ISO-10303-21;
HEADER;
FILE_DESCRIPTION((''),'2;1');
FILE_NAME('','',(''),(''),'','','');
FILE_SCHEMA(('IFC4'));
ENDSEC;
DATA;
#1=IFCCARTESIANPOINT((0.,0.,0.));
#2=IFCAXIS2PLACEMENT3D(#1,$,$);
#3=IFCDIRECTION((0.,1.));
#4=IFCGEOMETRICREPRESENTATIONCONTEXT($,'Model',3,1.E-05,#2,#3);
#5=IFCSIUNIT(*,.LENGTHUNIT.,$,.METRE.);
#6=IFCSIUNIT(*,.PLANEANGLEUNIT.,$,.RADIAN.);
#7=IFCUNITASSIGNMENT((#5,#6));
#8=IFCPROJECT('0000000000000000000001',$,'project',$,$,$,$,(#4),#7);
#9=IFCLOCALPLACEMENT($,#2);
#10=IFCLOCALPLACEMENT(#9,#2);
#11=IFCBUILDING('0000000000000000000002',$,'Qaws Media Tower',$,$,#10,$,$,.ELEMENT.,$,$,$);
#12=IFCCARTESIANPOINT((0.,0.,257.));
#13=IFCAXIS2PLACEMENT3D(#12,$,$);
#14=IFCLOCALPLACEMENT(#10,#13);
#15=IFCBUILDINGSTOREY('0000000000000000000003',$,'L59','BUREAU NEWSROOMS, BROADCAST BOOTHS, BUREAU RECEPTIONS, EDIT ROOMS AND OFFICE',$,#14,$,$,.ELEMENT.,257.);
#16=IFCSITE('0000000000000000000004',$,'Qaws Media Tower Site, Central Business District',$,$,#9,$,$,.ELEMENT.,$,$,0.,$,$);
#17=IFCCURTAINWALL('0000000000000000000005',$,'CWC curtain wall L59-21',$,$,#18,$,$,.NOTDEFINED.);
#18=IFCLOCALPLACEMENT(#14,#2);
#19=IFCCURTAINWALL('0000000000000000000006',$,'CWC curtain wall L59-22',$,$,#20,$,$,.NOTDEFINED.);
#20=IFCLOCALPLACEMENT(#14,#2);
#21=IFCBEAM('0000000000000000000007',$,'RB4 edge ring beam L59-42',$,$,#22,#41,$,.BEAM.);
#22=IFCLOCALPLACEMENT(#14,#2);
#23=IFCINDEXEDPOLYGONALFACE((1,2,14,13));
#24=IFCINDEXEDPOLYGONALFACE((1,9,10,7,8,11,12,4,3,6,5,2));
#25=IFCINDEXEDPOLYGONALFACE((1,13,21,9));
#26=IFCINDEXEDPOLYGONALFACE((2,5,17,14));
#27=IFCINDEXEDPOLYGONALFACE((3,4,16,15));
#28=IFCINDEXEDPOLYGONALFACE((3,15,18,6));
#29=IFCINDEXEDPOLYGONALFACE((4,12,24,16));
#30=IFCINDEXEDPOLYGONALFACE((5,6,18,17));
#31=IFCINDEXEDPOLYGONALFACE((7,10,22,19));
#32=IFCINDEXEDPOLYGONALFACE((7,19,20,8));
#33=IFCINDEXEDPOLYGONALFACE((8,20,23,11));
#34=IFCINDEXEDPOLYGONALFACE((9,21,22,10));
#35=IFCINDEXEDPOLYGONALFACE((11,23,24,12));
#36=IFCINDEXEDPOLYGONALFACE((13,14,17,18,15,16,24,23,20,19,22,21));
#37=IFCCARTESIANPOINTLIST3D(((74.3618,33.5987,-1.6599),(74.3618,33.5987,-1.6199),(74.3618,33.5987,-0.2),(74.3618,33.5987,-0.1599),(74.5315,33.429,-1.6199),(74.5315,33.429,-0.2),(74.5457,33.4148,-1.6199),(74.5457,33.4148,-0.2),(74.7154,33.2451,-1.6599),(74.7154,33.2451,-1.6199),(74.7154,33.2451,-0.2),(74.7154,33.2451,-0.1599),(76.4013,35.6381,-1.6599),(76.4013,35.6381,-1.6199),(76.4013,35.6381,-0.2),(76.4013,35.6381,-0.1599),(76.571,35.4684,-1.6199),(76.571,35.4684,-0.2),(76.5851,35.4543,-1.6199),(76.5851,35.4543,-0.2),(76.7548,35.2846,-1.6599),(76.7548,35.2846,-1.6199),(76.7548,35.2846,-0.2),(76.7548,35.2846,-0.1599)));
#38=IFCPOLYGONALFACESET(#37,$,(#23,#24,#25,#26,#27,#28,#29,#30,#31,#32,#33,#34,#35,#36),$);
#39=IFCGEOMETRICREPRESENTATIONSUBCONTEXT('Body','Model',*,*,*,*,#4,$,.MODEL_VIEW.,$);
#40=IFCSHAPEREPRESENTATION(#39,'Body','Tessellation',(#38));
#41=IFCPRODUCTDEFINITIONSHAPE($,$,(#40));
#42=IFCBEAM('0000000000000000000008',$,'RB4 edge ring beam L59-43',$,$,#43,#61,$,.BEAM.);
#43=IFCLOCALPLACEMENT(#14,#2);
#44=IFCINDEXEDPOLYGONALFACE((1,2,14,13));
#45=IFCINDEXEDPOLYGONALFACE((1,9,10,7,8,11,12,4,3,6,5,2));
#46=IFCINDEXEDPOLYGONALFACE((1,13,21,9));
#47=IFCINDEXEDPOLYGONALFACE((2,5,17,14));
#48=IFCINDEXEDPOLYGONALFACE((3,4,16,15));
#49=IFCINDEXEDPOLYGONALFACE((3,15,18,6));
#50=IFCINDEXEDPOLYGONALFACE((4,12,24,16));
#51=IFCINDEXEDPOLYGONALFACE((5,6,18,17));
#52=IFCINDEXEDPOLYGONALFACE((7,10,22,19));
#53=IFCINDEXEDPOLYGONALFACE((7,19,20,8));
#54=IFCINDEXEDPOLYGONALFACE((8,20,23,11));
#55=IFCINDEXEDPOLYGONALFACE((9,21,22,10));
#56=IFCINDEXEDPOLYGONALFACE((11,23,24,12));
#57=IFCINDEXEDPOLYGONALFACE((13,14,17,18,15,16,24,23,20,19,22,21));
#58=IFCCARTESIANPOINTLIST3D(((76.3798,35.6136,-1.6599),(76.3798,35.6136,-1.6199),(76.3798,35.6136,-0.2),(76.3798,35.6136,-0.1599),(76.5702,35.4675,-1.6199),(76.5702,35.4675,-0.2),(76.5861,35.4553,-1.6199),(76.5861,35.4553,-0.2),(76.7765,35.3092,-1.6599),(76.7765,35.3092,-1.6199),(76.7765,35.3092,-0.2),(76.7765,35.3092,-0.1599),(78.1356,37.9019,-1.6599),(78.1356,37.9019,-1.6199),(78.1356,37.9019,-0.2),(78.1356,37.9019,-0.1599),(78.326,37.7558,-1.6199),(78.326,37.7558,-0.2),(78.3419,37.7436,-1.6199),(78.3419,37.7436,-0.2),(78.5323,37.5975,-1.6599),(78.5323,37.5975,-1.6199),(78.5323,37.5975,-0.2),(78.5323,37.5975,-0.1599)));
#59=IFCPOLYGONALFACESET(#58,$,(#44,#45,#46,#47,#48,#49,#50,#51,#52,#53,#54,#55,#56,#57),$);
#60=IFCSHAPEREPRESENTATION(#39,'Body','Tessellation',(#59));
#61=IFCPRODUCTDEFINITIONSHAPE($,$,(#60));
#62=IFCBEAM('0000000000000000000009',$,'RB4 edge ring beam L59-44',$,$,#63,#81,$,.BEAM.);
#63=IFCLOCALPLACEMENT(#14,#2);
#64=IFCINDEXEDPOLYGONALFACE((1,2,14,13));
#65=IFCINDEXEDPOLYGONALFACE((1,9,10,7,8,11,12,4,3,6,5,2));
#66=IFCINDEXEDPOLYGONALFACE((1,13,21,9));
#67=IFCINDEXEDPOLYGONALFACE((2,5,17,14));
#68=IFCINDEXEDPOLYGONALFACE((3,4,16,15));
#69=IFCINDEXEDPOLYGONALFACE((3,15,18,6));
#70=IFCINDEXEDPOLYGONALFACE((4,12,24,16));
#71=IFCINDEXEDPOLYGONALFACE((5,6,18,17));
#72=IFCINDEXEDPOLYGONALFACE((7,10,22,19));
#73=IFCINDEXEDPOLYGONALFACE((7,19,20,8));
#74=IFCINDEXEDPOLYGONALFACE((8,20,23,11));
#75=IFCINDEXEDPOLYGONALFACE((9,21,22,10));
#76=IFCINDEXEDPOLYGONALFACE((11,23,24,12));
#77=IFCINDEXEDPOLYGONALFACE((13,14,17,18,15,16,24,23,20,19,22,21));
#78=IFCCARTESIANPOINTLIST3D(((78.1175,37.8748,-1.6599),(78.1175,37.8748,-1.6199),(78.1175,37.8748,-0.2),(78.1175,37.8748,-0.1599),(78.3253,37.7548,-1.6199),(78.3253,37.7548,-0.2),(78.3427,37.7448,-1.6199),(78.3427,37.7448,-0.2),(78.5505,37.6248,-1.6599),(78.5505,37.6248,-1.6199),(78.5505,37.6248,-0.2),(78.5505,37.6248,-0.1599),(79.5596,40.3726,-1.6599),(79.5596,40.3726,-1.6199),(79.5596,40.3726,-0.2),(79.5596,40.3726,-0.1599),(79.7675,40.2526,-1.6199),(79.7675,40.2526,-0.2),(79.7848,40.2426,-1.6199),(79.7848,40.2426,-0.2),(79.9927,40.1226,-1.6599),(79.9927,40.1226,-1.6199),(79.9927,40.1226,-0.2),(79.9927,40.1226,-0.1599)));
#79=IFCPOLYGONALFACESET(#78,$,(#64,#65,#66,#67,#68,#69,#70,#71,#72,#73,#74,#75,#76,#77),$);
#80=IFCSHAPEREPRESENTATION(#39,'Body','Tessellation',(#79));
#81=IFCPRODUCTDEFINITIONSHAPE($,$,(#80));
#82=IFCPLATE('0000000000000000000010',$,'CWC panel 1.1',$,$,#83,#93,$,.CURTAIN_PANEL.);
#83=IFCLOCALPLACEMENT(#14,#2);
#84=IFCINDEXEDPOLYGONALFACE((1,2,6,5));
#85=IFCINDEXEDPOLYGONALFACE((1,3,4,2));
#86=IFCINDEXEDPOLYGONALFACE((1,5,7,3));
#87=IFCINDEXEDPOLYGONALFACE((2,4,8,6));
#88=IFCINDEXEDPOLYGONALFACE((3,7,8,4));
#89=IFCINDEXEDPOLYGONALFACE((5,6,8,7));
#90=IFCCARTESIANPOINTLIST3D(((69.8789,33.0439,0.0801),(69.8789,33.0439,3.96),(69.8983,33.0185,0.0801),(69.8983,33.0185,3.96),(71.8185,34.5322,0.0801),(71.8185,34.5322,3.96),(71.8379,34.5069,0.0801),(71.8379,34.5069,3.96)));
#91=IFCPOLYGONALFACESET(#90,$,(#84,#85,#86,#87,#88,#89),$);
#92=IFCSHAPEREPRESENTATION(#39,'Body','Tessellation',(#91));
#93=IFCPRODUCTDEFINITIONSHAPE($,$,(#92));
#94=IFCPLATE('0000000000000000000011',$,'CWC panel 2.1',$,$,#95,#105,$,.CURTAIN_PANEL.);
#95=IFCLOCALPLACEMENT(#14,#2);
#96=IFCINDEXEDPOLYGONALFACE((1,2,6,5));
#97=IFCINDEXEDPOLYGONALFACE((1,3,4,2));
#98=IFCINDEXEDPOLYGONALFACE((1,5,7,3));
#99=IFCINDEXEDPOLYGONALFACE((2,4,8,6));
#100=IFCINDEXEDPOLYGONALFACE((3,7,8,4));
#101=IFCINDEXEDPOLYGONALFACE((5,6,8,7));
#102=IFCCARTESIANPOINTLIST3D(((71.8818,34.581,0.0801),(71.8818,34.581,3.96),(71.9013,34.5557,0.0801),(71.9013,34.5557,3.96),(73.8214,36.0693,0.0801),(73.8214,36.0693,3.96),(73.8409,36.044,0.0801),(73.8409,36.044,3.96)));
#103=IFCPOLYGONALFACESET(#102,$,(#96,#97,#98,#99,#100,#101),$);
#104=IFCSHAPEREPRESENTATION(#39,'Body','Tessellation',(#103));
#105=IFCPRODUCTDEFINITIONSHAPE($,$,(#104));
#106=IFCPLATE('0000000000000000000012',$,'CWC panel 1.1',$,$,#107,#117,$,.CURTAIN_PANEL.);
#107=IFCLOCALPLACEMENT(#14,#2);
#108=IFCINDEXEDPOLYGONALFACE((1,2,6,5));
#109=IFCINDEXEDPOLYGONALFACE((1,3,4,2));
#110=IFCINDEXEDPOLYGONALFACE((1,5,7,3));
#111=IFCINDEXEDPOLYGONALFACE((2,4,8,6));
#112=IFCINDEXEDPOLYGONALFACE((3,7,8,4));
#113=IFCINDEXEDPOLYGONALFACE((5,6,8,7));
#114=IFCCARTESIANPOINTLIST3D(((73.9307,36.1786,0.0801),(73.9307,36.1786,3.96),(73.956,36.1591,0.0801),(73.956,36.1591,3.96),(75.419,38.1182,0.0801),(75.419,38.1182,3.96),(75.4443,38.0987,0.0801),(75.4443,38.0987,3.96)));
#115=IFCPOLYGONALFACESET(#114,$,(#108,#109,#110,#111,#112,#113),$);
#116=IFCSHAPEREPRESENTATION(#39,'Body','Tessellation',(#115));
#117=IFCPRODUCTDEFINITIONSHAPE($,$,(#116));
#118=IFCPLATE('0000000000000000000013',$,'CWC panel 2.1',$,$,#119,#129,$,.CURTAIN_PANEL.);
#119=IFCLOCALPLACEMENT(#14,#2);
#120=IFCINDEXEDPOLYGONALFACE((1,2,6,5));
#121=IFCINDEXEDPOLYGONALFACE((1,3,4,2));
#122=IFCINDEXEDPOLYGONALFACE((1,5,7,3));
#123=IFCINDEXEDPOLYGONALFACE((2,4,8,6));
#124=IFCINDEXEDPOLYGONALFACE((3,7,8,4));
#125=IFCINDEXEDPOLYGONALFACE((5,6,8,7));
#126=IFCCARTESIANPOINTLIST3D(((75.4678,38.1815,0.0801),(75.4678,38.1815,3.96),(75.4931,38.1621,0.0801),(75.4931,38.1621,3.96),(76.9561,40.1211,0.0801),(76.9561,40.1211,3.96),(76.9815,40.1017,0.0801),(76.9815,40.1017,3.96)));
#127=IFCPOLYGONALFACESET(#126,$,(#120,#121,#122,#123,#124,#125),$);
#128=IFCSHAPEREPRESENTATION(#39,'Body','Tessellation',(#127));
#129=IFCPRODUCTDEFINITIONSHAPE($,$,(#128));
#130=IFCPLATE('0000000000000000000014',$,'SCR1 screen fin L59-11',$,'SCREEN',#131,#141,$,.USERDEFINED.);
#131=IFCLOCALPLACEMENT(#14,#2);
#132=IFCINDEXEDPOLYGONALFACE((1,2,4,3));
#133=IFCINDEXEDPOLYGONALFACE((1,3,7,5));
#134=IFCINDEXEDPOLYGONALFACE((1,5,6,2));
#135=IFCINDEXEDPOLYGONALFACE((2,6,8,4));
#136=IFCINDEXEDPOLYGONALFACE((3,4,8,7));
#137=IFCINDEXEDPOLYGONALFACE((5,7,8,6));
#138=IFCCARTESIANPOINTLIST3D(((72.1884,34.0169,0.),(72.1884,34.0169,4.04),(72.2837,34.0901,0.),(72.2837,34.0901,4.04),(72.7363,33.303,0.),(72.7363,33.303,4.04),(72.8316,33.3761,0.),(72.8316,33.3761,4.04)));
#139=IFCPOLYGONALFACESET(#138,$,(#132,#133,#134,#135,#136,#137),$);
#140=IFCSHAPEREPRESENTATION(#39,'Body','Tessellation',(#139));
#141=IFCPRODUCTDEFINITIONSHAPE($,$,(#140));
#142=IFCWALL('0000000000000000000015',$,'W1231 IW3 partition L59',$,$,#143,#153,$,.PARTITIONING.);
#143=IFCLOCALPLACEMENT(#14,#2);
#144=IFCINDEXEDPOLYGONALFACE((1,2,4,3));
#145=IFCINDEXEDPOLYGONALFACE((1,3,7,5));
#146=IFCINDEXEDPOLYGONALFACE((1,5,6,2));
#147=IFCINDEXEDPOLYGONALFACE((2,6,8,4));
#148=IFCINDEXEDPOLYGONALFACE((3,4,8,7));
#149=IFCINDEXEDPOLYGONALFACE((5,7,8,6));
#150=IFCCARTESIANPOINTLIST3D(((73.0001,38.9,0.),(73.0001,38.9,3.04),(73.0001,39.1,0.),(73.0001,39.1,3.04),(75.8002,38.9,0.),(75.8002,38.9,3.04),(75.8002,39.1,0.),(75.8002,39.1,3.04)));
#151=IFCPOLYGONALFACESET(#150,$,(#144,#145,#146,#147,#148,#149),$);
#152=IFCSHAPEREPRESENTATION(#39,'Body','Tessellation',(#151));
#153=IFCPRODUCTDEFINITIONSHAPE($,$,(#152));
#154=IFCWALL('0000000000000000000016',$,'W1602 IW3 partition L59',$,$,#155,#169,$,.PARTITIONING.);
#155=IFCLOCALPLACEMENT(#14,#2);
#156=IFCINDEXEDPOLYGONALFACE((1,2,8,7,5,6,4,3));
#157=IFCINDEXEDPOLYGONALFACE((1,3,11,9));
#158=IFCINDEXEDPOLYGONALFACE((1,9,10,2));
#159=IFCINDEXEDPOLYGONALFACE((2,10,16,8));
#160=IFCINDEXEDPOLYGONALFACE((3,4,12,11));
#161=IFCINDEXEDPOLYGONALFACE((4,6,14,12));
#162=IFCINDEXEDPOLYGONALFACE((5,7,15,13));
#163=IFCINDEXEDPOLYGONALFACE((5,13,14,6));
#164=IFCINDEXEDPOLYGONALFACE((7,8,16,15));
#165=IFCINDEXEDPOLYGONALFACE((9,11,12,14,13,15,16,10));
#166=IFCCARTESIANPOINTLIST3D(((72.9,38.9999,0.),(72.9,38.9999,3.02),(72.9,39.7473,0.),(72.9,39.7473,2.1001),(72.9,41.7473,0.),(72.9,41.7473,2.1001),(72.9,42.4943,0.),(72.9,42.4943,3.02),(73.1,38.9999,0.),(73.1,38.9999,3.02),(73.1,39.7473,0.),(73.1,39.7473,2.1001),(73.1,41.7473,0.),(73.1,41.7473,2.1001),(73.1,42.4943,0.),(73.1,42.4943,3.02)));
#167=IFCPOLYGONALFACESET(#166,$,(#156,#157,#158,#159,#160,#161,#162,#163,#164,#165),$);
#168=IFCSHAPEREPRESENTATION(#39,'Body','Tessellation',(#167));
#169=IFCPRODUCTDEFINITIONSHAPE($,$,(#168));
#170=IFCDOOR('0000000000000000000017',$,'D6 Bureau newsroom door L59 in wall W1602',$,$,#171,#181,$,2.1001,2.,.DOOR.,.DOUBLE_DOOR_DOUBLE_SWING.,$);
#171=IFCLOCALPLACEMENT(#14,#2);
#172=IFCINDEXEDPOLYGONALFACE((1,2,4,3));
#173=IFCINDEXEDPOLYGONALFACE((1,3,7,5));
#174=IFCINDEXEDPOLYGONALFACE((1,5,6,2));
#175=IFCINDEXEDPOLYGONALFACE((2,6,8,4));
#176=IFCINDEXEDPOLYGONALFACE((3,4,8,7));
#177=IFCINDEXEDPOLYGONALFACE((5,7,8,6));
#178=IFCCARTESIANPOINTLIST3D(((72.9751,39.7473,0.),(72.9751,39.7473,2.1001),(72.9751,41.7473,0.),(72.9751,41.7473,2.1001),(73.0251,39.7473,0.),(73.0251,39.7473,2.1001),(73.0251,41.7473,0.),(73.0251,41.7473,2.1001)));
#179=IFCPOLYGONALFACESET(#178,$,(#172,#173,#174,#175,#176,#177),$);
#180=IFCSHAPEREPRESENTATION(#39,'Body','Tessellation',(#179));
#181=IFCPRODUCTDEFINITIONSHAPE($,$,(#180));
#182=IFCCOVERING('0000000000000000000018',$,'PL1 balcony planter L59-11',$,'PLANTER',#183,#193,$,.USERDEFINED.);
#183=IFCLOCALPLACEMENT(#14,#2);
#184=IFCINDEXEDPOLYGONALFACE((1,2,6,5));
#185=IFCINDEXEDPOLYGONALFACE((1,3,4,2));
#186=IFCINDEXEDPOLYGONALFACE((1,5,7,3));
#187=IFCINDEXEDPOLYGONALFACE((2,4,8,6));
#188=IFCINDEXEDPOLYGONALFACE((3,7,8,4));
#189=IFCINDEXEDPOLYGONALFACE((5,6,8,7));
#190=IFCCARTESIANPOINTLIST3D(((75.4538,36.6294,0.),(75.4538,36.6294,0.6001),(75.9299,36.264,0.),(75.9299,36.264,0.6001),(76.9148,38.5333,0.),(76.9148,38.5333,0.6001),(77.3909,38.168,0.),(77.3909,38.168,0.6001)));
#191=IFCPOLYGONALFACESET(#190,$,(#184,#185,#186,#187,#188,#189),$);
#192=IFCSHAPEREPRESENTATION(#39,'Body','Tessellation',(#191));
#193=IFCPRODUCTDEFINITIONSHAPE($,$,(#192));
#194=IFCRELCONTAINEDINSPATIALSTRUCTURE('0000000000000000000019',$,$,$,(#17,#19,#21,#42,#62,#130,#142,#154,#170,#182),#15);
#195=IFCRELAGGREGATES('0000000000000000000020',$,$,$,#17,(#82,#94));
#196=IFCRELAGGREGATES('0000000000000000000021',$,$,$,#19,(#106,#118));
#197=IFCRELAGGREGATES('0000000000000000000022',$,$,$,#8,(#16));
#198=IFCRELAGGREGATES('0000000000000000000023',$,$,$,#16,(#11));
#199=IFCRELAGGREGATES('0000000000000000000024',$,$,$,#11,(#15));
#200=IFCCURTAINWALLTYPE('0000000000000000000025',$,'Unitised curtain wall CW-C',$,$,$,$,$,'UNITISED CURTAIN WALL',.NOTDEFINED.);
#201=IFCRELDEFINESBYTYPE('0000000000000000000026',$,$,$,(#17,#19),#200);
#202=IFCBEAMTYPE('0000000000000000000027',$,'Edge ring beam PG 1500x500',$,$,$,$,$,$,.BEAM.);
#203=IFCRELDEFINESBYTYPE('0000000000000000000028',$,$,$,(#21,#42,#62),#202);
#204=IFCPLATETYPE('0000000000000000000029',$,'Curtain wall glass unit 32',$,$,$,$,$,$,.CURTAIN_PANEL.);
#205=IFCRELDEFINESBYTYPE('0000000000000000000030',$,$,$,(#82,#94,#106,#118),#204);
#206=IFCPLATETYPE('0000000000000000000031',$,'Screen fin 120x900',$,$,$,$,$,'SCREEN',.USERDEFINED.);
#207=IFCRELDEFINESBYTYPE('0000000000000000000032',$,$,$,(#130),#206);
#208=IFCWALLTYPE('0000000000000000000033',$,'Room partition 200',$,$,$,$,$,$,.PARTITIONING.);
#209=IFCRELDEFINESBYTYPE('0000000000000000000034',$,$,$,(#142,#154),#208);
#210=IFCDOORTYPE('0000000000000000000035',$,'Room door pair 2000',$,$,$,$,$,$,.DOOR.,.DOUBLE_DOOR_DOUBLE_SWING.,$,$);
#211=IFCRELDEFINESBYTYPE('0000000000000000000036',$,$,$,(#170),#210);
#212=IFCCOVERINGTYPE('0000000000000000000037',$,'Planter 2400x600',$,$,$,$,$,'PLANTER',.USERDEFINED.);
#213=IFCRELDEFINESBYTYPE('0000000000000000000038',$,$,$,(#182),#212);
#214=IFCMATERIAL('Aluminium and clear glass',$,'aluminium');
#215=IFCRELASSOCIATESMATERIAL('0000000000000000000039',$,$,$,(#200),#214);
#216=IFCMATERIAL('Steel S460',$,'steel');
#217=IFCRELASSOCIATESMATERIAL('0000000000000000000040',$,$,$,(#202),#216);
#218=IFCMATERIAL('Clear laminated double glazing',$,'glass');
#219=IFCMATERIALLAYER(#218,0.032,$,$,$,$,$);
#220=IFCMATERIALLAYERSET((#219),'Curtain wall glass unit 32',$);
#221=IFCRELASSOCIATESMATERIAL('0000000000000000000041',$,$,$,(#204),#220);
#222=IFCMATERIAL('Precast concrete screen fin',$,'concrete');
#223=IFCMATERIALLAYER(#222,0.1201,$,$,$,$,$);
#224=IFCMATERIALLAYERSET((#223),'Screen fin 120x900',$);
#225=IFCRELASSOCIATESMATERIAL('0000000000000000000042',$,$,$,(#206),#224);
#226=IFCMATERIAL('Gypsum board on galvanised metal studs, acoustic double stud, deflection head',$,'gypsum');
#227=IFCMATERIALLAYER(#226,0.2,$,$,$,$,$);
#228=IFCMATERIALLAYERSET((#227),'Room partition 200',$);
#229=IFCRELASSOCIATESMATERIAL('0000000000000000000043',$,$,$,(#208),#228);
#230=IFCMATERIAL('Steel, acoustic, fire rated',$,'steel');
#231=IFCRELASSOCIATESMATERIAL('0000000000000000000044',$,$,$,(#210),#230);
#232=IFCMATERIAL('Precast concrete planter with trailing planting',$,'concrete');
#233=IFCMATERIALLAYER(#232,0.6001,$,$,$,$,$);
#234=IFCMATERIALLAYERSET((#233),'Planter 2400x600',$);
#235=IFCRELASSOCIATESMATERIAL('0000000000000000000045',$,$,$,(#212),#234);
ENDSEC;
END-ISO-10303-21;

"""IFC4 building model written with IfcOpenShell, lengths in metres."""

from ifc_helpers import new_model, si_unit, direction, frame, frame_2d, origin, origin_2d, place, context, subcontext, project, spatial, rectangle, i_section, extrude, material, layer, layer_set, material_profile, profile_set, type_object, element, fill, aggregate, save


model = new_model("IFC4")

# Units and contexts
model_context = context("Model", 3, precision=1e-05, world=origin(), true_north=direction((0.0, 1.0)))
body_context = subcontext(model_context, "Body", "Model", "MODEL_VIEW")
ifc_project = project(units=[si_unit("LENGTHUNIT", "METRE"), si_unit("PLANEANGLEUNIT", "RADIAN")], contexts=[model_context])

# Site, building, storey
site_placement = place(None, origin())
site = spatial("IfcSite", under=ifc_project, at=site_placement, Name="Qaws Media Tower Site, Central Business District", CompositionType="ELEMENT", RefElevation=0.0)
building_placement = place(site_placement, origin())
building = spatial("IfcBuilding", under=site, at=building_placement, Name="Qaws Media Tower", CompositionType="ELEMENT")
storey_placement = place(building_placement, frame((0.0, 0.0, 257.0)))
storey = spatial("IfcBuildingStorey", under=building, at=storey_placement, Name="L59", Description="BUREAU NEWSROOMS, BROADCAST BOOTHS, BUREAU RECEPTIONS, EDIT ROOMS AND OFFICE", CompositionType="ELEMENT", Elevation=257.0)

# Curtain walls
ifc_material_1 = material(Name="Aluminium and clear glass", Category="aluminium")
curtain_wall_type = type_object("IfcCurtainWallType", Name="Unitised curtain wall CW-C", ElementType="UNITISED CURTAIN WALL", PredefinedType="NOTDEFINED", material=ifc_material_1)
curtain_wall_1_placement = place(storey_placement, origin())
curtain_wall_1 = element("IfcCurtainWall", 1, at=curtain_wall_1_placement, inside=storey, type_object=curtain_wall_type, Name="CWC curtain wall L59-21", PredefinedType="NOTDEFINED")
curtain_wall_2_placement = place(storey_placement, origin())
curtain_wall_2 = element("IfcCurtainWall", 2, at=curtain_wall_2_placement, inside=storey, type_object=curtain_wall_type, Name="CWC curtain wall L59-22", PredefinedType="NOTDEFINED")

# Beams
ifc_material_2 = material(Name="Steel S460", Category="steel")
ifc_material_profile_1 = material_profile(ifc_material_2, i_section(OverallWidth=0.5, OverallDepth=1.5, WebThickness=0.02, FlangeThickness=0.04, at=origin_2d()), Name="PG 1500x500")
ifc_profile_set_1 = profile_set([ifc_material_profile_1], Name="Steel S460")
beam_type = type_object("IfcBeamType", Name="Edge ring beam PG 1500x500", PredefinedType="BEAM", material=ifc_profile_set_1)
for number, where, z_axis, x_axis, name in (
    (3, (74.5386, 33.4219, -0.9099), (0.707107, 0.707107, 0.0), (-0.707107, 0.707107, 0.0), "RB4 edge ring beam L59-42"),
    (4, (76.5781, 35.4614, -0.9099), (0.608753, 0.79336, 0.0), (-0.79336, 0.608753, 0.0), "RB4 edge ring beam L59-43"),
    (5, (78.334, 37.7498, -0.9099), (0.500008, 0.866021, 0.0), (-0.866021, 0.500008, 0.0), "RB4 edge ring beam L59-44"),
):
    element("IfcBeam", number, at=place(storey_placement, frame(where, z_axis=z_axis, x_axis=x_axis)), inside=storey, type_object=beam_type, Name=name, PredefinedType="BEAM", context=body_context, shape_type="SweptSolid", body=[
        extrude(i_section(OverallWidth=0.5, OverallDepth=1.5, WebThickness=0.02, FlangeThickness=0.04, at=origin_2d()), origin(), (0.0, 0.0, 1.0), 2.8843),
    ])

# Plates
ifc_material_3 = material(Name="Clear laminated double glazing", Category="glass")
ifc_layer_1 = layer(ifc_material_3, 0.032)
ifc_layer_set_1 = layer_set([ifc_layer_1], Name="Curtain wall glass unit 32")
plate_type_1 = type_object("IfcPlateType", Name="Curtain wall glass unit 32", PredefinedType="CURTAIN_PANEL", material=ifc_layer_set_1)
plate_1_placement = place(storey_placement, frame((70.8584, 33.7754, 0.0801), z_axis=(0.0, 0.0, 1.0), x_axis=(0.793353, 0.608761, 0.0)))
plate_1 = element("IfcPlate", 6, at=plate_1_placement, type_object=plate_type_1, Name="CWC panel 1.1", PredefinedType="CURTAIN_PANEL", context=body_context, shape_type="SweptSolid", body=[
    extrude(rectangle(XDim=2.4448, YDim=0.032, at=origin_2d()), origin(), (0.0, 0.0, 1.0), 3.8799),
])
plate_2_placement = place(storey_placement, frame((72.8613, 35.3125, 0.0801), z_axis=(0.0, 0.0, 1.0), x_axis=(0.793353, 0.608761, 0.0)))
plate_2 = element("IfcPlate", 7, at=plate_2_placement, type_object=plate_type_1, Name="CWC panel 2.1", PredefinedType="CURTAIN_PANEL", context=body_context, shape_type="SweptSolid", body=[
    extrude(rectangle(XDim=2.4448, YDim=0.032, at=origin_2d()), origin(), (0.0, 0.0, 1.0), 3.8799),
])
aggregate(curtain_wall_1, [plate_1, plate_2])
plate_3_placement = place(storey_placement, frame((74.6875, 37.1387, 0.0801), z_axis=(0.0, 0.0, 1.0), x_axis=(0.608761, 0.793353, 0.0)))
plate_3 = element("IfcPlate", 8, at=plate_3_placement, type_object=plate_type_1, Name="CWC panel 1.1", PredefinedType="CURTAIN_PANEL", context=body_context, shape_type="SweptSolid", body=[
    extrude(rectangle(XDim=2.4448, YDim=0.032, at=origin_2d()), origin(), (0.0, 0.0, 1.0), 3.8799),
])
plate_4_placement = place(storey_placement, frame((76.2246, 39.1416, 0.0801), z_axis=(0.0, 0.0, 1.0), x_axis=(0.608761, 0.793353, 0.0)))
plate_4 = element("IfcPlate", 9, at=plate_4_placement, type_object=plate_type_1, Name="CWC panel 2.1", PredefinedType="CURTAIN_PANEL", context=body_context, shape_type="SweptSolid", body=[
    extrude(rectangle(XDim=2.4448, YDim=0.032, at=origin_2d()), origin(), (0.0, 0.0, 1.0), 3.8799),
])
aggregate(curtain_wall_2, [plate_3, plate_4])
ifc_material_4 = material(Name="Precast concrete screen fin", Category="concrete")
ifc_layer_2 = layer(ifc_material_4, 0.1201)
ifc_layer_set_2 = layer_set([ifc_layer_2], Name="Screen fin 120x900")
plate_type_2 = type_object("IfcPlateType", Name="Screen fin 120x900", ElementType="SCREEN", PredefinedType="USERDEFINED", material=ifc_layer_set_2)
plate_5_placement = place(storey_placement, frame((72.51, 33.6965, 0.0), z_axis=(0.0, 0.0, 1.0), x_axis=(0.608761, -0.793353, 0.0)))
element("IfcPlate", 10, at=plate_5_placement, inside=storey, type_object=plate_type_2, Name="SCR1 screen fin L59-11", ObjectType="SCREEN", PredefinedType="USERDEFINED", context=body_context, shape_type="SweptSolid", body=[
    extrude(rectangle(XDim=0.8999, YDim=0.1201, at=origin_2d()), origin(), (0.0, 0.0, 1.0), 4.04),
])

# Wall
ifc_material_5 = material(Name="Gypsum board on galvanised metal studs, acoustic double stud, deflection head", Category="gypsum")
ifc_layer_3 = layer(ifc_material_5, 0.2)
ifc_layer_set_3 = layer_set([ifc_layer_3], Name="Room partition 200")
wall_type = type_object("IfcWallType", Name="Room partition 200", PredefinedType="PARTITIONING", material=ifc_layer_set_3)
wall_1_placement = place(storey_placement, frame((75.8, 39.0, 0.0), z_axis=(0.0, 0.0, 1.0), x_axis=(-1.0, 0.0, 0.0)))
element("IfcWall", 11, at=wall_1_placement, inside=storey, type_object=wall_type, Name="W1231 IW3 partition L59", PredefinedType="PARTITIONING", context=body_context, shape_type="SweptSolid", body=[
    extrude(rectangle(XDim=2.8, YDim=0.2, at=frame_2d((1.3999, 0.0))), origin(), (0.0, 0.0, 1.0), 3.04),
])

# Wall, opening, door
wall_2_placement = place(storey_placement, frame((73.0, 39.0, 0.0), z_axis=(0.0, 0.0, 1.0), x_axis=(0.0, 1.0, 0.0)))
wall_2 = element("IfcWall", 12, at=wall_2_placement, inside=storey, type_object=wall_type, Name="W1602 IW3 partition L59", PredefinedType="PARTITIONING", context=body_context, shape_type="SweptSolid", body=[
    extrude(rectangle(XDim=3.4944, YDim=0.2, at=frame_2d((1.7471, 0.0))), origin(), (0.0, 0.0, 1.0), 3.02),
])
opening_placement = place(wall_2_placement, frame((0.7473, 0.0, 0.0)))
opening = element("IfcOpeningElement", 13, at=opening_placement, cuts=wall_2, PredefinedType="OPENING", context=body_context, shape_type="SweptSolid", body=[
    extrude(rectangle(XDim=2.0, YDim=2.1001, at=frame_2d((1.0, 1.05))), frame((0.0, 0.1099, 0.0), z_axis=(0.0, -1.0, 0.0), x_axis=(1.0, 0.0, 0.0)), (0.0, 0.0, 1.0), 0.22),
])
ifc_material_6 = material(Name="Steel, acoustic, fire rated", Category="steel")
door_type = type_object("IfcDoorType", Name="Room door pair 2000", OperationType="DOUBLE_DOOR_DOUBLE_SWING", PredefinedType="DOOR", material=ifc_material_6)
door_placement = place(opening_placement, origin())
door = element("IfcDoor", 14, at=door_placement, inside=storey, type_object=door_type, Name="D6 Bureau newsroom door L59 in wall W1602", OperationType="DOUBLE_DOOR_DOUBLE_SWING", OverallHeight=2.1001, OverallWidth=2.0, PredefinedType="DOOR", context=body_context, shape_type="SweptSolid", body=[
    extrude(rectangle(XDim=2.0, YDim=2.1001, at=frame_2d((1.0, 1.05))), frame((0.0, 0.0249, 0.0), z_axis=(0.0, -1.0, 0.0), x_axis=(1.0, 0.0, 0.0)), (0.0, 0.0, 1.0), 0.05),
])
fill(opening, door)

# Covering
ifc_material_7 = material(Name="Precast concrete planter with trailing planting", Category="concrete")
ifc_layer_4 = layer(ifc_material_7, 0.6001)
ifc_layer_set_4 = layer_set([ifc_layer_4], Name="Planter 2400x600")
covering_type = type_object("IfcCoveringType", Name="Planter 2400x600", ElementType="PLANTER", PredefinedType="USERDEFINED", material=ifc_layer_set_4)
covering_placement = place(storey_placement, frame((76.4224, 37.3987, 0.0), z_axis=(0.0, 0.0, 1.0), x_axis=(0.608761, 0.793353, 0.0)))
element("IfcCovering", 15, at=covering_placement, inside=storey, type_object=covering_type, Name="PL1 balcony planter L59-11", ObjectType="PLANTER", PredefinedType="USERDEFINED", context=body_context, shape_type="SweptSolid", body=[
    extrude(rectangle(XDim=2.3999, YDim=0.6001, at=origin_2d()), origin(), (0.0, 0.0, 1.0), 0.6001),
])

save(model, "model.ifc")
